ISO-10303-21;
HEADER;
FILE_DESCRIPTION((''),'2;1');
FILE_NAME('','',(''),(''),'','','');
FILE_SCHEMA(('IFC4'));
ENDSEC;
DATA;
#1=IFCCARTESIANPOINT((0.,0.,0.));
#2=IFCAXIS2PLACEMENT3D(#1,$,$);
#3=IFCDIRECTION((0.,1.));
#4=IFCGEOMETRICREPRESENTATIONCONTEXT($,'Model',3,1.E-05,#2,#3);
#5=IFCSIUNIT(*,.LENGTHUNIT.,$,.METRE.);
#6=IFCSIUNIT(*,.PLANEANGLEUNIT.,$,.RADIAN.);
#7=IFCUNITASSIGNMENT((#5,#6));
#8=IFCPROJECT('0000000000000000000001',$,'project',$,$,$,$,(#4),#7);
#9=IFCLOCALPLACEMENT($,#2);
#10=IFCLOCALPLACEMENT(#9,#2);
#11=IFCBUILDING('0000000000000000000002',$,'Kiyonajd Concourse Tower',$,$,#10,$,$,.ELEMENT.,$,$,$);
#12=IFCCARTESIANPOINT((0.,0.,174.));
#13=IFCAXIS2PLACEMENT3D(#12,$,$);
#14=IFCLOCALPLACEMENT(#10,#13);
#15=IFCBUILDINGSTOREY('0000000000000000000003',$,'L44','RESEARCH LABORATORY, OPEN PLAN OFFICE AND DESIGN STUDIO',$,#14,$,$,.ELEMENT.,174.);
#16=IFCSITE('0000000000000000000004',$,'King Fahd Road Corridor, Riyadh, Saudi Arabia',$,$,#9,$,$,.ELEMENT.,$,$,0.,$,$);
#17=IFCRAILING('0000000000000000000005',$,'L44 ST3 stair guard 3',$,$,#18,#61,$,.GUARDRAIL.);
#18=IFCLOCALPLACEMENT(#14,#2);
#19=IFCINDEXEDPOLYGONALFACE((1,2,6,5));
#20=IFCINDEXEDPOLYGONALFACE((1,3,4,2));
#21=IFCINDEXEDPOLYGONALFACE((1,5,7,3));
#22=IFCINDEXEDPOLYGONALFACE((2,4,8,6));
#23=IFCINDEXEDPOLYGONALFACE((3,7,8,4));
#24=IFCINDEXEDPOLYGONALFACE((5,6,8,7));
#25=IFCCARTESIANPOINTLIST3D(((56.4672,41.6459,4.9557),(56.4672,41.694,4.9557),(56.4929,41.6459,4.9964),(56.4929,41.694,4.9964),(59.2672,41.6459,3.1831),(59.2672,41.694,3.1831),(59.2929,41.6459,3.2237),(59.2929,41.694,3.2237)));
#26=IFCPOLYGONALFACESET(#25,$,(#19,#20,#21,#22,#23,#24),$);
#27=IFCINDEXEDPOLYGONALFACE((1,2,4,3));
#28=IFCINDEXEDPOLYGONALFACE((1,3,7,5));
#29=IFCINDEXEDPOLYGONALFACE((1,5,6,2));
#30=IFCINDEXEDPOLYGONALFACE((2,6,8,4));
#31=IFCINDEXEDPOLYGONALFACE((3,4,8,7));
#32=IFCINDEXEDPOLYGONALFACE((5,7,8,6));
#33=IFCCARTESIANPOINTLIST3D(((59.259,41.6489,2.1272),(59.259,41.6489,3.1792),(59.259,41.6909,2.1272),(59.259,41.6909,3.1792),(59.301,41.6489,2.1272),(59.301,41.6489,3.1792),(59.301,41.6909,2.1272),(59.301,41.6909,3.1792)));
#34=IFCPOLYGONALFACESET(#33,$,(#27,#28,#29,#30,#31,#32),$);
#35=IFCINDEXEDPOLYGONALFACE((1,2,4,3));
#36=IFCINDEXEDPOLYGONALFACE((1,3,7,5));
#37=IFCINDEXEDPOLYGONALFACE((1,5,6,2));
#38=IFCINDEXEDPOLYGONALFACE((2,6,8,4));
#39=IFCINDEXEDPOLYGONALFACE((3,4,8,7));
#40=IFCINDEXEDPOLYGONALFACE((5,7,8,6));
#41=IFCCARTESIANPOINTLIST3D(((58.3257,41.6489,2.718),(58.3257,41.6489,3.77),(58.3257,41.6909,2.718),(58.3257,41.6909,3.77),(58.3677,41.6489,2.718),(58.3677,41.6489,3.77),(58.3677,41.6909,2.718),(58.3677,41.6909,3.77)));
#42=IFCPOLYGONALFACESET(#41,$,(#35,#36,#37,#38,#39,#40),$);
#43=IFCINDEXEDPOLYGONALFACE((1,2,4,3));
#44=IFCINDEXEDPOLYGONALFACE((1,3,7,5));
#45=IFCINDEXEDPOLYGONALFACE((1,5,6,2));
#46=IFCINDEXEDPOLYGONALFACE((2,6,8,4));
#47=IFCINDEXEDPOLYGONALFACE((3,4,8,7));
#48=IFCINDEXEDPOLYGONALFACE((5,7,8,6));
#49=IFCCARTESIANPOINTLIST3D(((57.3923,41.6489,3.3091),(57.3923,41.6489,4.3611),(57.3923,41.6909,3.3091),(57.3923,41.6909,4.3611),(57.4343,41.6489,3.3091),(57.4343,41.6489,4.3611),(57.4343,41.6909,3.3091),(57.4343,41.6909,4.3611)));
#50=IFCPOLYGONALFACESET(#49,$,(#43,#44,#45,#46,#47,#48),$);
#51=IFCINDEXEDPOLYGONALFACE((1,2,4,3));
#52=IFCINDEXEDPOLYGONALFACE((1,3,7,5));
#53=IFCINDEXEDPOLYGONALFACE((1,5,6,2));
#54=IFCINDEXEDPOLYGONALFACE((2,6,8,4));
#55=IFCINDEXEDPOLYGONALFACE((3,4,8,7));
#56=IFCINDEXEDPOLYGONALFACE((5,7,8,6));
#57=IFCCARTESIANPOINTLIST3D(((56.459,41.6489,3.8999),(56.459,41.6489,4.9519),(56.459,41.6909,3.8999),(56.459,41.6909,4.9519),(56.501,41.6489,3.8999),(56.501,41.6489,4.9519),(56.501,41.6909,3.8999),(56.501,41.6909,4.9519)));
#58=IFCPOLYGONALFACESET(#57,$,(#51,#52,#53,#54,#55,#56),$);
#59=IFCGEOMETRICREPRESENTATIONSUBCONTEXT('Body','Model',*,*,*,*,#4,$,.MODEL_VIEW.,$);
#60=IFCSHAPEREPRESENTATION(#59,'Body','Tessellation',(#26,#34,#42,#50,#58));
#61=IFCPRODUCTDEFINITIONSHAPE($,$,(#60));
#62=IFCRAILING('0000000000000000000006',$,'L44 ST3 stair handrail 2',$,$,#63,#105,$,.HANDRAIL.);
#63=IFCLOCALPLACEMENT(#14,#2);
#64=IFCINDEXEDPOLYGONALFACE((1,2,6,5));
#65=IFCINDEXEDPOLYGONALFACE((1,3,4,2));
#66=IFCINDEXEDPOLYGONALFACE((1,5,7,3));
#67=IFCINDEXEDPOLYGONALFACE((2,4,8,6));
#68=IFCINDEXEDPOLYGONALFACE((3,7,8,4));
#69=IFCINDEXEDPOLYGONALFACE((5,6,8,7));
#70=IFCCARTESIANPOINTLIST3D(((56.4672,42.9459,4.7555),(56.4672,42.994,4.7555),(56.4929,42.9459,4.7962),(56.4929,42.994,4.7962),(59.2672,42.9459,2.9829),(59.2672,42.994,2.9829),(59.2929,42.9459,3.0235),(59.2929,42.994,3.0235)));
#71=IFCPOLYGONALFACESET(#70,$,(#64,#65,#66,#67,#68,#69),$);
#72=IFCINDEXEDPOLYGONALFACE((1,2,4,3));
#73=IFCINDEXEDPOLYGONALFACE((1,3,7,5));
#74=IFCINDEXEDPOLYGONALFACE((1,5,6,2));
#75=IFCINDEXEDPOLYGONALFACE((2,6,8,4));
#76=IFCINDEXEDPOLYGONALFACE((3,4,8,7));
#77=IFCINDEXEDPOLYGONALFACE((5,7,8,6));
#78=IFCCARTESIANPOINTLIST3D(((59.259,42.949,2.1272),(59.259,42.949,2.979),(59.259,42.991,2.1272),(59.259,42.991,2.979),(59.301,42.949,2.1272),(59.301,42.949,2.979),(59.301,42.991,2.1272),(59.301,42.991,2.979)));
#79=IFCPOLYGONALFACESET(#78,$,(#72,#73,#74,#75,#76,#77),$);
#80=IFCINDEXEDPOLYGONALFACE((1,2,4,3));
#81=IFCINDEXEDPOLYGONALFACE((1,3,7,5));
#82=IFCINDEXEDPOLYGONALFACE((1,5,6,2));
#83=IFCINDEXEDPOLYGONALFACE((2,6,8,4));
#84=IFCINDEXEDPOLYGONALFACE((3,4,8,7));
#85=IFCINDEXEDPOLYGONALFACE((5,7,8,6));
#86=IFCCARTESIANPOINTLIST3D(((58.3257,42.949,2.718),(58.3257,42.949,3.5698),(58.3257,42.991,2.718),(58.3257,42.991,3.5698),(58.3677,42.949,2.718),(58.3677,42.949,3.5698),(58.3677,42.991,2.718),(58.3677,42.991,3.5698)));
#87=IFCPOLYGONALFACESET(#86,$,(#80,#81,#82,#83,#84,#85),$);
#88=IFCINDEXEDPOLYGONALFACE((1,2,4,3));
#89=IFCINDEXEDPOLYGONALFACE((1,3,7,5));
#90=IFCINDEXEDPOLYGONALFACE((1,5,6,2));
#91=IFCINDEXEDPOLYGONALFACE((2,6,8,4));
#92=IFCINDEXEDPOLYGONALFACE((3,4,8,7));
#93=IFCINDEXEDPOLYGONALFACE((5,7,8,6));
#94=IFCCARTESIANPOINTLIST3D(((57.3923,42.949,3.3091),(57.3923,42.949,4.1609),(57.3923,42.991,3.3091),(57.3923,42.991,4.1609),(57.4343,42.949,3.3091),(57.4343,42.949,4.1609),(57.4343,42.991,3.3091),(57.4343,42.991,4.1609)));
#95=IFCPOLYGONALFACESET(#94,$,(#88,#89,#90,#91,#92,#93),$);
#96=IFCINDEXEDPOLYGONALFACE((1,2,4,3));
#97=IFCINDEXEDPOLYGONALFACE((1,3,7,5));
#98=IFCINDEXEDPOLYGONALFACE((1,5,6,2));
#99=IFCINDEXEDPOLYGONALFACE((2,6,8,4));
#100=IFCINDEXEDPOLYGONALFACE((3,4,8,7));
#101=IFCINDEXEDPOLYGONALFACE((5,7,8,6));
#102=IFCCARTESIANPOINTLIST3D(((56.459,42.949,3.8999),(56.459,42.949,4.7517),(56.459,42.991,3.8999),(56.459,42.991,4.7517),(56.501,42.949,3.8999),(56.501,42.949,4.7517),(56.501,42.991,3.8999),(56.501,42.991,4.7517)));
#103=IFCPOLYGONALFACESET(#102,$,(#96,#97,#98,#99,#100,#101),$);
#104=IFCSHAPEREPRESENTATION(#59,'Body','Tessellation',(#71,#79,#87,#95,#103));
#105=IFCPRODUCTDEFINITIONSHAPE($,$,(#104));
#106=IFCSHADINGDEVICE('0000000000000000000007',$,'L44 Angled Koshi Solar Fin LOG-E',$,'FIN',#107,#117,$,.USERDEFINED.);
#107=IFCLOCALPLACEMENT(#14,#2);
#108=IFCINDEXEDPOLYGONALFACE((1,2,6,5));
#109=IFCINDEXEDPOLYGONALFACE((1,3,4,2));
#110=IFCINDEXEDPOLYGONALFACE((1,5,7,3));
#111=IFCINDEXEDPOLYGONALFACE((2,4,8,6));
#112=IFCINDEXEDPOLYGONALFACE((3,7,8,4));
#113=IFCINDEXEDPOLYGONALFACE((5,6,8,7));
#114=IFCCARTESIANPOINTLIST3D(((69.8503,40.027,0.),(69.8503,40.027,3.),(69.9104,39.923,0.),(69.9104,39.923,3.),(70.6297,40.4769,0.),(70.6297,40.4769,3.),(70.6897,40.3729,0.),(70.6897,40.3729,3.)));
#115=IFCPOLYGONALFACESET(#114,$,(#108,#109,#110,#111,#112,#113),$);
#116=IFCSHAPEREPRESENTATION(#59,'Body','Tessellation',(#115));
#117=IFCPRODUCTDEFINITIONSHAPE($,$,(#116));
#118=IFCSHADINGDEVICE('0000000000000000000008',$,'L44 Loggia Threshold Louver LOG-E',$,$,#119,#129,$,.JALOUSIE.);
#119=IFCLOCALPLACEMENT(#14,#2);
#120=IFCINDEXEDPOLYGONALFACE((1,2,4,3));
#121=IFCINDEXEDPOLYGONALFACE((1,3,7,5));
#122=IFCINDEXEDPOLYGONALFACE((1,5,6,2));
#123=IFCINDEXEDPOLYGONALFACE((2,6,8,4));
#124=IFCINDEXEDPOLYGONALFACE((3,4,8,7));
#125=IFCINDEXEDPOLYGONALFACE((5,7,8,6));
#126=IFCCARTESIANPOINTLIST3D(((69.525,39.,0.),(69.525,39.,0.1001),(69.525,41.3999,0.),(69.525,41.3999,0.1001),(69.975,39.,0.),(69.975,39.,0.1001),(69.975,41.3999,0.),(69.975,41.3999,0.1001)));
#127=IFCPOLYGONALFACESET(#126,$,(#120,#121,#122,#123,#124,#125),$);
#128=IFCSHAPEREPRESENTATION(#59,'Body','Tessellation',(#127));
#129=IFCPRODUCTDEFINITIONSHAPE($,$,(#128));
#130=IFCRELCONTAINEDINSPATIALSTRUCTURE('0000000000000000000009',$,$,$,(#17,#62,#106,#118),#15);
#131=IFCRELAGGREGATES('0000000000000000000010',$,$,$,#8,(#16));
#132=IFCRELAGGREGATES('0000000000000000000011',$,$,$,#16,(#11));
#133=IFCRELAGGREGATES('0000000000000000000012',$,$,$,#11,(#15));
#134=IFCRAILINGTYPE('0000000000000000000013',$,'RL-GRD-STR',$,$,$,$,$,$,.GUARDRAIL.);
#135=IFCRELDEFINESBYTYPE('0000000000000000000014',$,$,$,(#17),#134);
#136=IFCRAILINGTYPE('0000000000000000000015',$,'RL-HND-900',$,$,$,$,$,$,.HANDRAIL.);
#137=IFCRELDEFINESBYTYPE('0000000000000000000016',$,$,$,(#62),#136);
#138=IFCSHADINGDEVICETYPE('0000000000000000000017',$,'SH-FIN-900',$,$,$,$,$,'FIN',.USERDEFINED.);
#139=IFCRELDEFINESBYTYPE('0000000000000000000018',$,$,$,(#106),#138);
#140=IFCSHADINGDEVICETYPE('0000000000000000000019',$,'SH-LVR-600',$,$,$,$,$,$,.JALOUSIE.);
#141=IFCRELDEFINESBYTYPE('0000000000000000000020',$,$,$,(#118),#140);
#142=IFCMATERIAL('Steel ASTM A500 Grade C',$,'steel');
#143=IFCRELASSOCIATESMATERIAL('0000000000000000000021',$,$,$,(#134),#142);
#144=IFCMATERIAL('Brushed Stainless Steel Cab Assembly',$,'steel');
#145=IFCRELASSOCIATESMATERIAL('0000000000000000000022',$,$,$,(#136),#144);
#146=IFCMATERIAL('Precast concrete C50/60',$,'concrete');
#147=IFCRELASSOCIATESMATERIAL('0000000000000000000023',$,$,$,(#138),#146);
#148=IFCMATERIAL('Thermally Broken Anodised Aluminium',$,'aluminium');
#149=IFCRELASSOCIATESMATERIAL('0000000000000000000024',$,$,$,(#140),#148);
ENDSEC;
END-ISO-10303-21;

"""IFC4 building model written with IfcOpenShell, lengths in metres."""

from ifc_helpers import new_model, si_unit, direction, frame, origin, origin_2d, place, context, subcontext, project, spatial, rectangle, extrude, material, type_object, element, save


model = new_model("IFC4")

# Units and contexts
model_context = context("Model", 3, precision=1e-05, world=origin(), true_north=direction((0.0, 1.0)))
body_context = subcontext(model_context, "Body", "Model", "MODEL_VIEW")
ifc_project = project(units=[si_unit("LENGTHUNIT", "METRE"), si_unit("PLANEANGLEUNIT", "RADIAN")], contexts=[model_context])

# Site, building, storey
site_placement = place(None, origin())
site = spatial("IfcSite", under=ifc_project, at=site_placement, Name="King Fahd Road Corridor, Riyadh, Saudi Arabia", CompositionType="ELEMENT", RefElevation=0.0)
building_placement = place(site_placement, origin())
building = spatial("IfcBuilding", under=site, at=building_placement, Name="Kiyonajd Concourse Tower", CompositionType="ELEMENT")
storey_placement = place(building_placement, frame((0.0, 0.0, 174.0)))
storey = spatial("IfcBuildingStorey", under=building, at=storey_placement, Name="L44", Description="RESEARCH LABORATORY, OPEN PLAN OFFICE AND DESIGN STUDIO", CompositionType="ELEMENT", Elevation=174.0)

# Shared definitions
ifc_material_1 = material(Name="Thermally Broken Anodised Aluminium", Category="aluminium")

# Shared definitions
ifc_material_2 = material(Name="Precast concrete C50/60", Category="concrete")

# Railings
ifc_material_3 = material(Name="Steel ASTM A500 Grade C", Category="steel")
railing_type_1 = type_object("IfcRailingType", Name="RL-GRD-STR", PredefinedType="GUARDRAIL", material=ifc_material_3)
railing_1_placement = place(storey_placement, frame((59.28, 41.6699, 2.1272)))
element("IfcRailing", 1, at=railing_1_placement, inside=storey, type_object=railing_type_1, Name="L44 ST3 stair guard 3", PredefinedType="GUARDRAIL", context=body_context, shape_type="SweptSolid", body=[
    extrude(rectangle(XDim=0.0481, YDim=0.0481, at=origin_2d()), frame((0.0, 0.0, 1.0762), z_axis=(-0.844909, 0.0, 0.53491), x_axis=(0.0, -1.0, 0.0)), (0.0, 0.0, 1.0), 3.314),
    extrude(rectangle(XDim=0.042, YDim=0.042, at=origin_2d()), origin(), (0.0, 0.0, 1.0), 1.052),
    extrude(rectangle(XDim=0.042, YDim=0.042, at=origin_2d()), frame((-0.9333, 0.0, 0.5908)), (0.0, 0.0, 1.0), 1.052),
    extrude(rectangle(XDim=0.042, YDim=0.042, at=origin_2d()), frame((-1.8667, 0.0, 1.1819)), (0.0, 0.0, 1.0), 1.052),
    extrude(rectangle(XDim=0.042, YDim=0.042, at=origin_2d()), frame((-2.8, 0.0, 1.7727)), (0.0, 0.0, 1.0), 1.052),
])
ifc_material_4 = material(Name="Brushed Stainless Steel Cab Assembly", Category="steel")
railing_type_2 = type_object("IfcRailingType", Name="RL-HND-900", PredefinedType="HANDRAIL", material=ifc_material_4)
railing_2_placement = place(storey_placement, frame((59.28, 42.97, 2.1272)))
element("IfcRailing", 2, at=railing_2_placement, inside=storey, type_object=railing_type_2, Name="L44 ST3 stair handrail 2", PredefinedType="HANDRAIL", context=body_context, shape_type="SweptSolid", body=[
    extrude(rectangle(XDim=0.0481, YDim=0.0481, at=origin_2d()), frame((0.0, 0.0, 0.876), z_axis=(-0.844909, 0.0, 0.53491), x_axis=(0.0, -1.0, 0.0)), (0.0, 0.0, 1.0), 3.314),
    extrude(rectangle(XDim=0.042, YDim=0.042, at=origin_2d()), origin(), (0.0, 0.0, 1.0), 0.8518),
    extrude(rectangle(XDim=0.042, YDim=0.042, at=origin_2d()), frame((-0.9333, 0.0, 0.5908)), (0.0, 0.0, 1.0), 0.8518),
    extrude(rectangle(XDim=0.042, YDim=0.042, at=origin_2d()), frame((-1.8667, 0.0, 1.1819)), (0.0, 0.0, 1.0), 0.8518),
    extrude(rectangle(XDim=0.042, YDim=0.042, at=origin_2d()), frame((-2.8, 0.0, 1.7727)), (0.0, 0.0, 1.0), 0.8518),
])

# Shading devices
shading_device_type_1 = type_object("IfcShadingDeviceType", Name="SH-FIN-900", ElementType="FIN", PredefinedType="USERDEFINED", material=ifc_material_2)
shading_device_1_placement = place(storey_placement, frame((70.27, 40.2, 0.0), z_axis=(0.0, 0.0, 1.0), x_axis=(0.866025, 0.5, 0.0)))
element("IfcShadingDevice", 3, at=shading_device_1_placement, inside=storey, type_object=shading_device_type_1, Name="L44 Angled Koshi Solar Fin LOG-E", ObjectType="FIN", PredefinedType="USERDEFINED", context=body_context, shape_type="SweptSolid", body=[
    extrude(rectangle(XDim=0.8999, YDim=0.1201, at=origin_2d()), origin(), (0.0, 0.0, 1.0), 3.0),
])
shading_device_type_2 = type_object("IfcShadingDeviceType", Name="SH-LVR-600", PredefinedType="JALOUSIE", material=ifc_material_1)
shading_device_2_placement = place(storey_placement, frame((69.75, 40.2, 0.0), z_axis=(0.0, 0.0, 1.0), x_axis=(0.0, 1.0, 0.0)))
element("IfcShadingDevice", 4, at=shading_device_2_placement, inside=storey, type_object=shading_device_type_2, Name="L44 Loggia Threshold Louver LOG-E", PredefinedType="JALOUSIE", context=body_context, shape_type="SweptSolid", body=[
    extrude(rectangle(XDim=2.3999, YDim=0.45, at=origin_2d()), origin(), (0.0, 0.0, 1.0), 0.1001),
])

save(model, "model.ifc")
